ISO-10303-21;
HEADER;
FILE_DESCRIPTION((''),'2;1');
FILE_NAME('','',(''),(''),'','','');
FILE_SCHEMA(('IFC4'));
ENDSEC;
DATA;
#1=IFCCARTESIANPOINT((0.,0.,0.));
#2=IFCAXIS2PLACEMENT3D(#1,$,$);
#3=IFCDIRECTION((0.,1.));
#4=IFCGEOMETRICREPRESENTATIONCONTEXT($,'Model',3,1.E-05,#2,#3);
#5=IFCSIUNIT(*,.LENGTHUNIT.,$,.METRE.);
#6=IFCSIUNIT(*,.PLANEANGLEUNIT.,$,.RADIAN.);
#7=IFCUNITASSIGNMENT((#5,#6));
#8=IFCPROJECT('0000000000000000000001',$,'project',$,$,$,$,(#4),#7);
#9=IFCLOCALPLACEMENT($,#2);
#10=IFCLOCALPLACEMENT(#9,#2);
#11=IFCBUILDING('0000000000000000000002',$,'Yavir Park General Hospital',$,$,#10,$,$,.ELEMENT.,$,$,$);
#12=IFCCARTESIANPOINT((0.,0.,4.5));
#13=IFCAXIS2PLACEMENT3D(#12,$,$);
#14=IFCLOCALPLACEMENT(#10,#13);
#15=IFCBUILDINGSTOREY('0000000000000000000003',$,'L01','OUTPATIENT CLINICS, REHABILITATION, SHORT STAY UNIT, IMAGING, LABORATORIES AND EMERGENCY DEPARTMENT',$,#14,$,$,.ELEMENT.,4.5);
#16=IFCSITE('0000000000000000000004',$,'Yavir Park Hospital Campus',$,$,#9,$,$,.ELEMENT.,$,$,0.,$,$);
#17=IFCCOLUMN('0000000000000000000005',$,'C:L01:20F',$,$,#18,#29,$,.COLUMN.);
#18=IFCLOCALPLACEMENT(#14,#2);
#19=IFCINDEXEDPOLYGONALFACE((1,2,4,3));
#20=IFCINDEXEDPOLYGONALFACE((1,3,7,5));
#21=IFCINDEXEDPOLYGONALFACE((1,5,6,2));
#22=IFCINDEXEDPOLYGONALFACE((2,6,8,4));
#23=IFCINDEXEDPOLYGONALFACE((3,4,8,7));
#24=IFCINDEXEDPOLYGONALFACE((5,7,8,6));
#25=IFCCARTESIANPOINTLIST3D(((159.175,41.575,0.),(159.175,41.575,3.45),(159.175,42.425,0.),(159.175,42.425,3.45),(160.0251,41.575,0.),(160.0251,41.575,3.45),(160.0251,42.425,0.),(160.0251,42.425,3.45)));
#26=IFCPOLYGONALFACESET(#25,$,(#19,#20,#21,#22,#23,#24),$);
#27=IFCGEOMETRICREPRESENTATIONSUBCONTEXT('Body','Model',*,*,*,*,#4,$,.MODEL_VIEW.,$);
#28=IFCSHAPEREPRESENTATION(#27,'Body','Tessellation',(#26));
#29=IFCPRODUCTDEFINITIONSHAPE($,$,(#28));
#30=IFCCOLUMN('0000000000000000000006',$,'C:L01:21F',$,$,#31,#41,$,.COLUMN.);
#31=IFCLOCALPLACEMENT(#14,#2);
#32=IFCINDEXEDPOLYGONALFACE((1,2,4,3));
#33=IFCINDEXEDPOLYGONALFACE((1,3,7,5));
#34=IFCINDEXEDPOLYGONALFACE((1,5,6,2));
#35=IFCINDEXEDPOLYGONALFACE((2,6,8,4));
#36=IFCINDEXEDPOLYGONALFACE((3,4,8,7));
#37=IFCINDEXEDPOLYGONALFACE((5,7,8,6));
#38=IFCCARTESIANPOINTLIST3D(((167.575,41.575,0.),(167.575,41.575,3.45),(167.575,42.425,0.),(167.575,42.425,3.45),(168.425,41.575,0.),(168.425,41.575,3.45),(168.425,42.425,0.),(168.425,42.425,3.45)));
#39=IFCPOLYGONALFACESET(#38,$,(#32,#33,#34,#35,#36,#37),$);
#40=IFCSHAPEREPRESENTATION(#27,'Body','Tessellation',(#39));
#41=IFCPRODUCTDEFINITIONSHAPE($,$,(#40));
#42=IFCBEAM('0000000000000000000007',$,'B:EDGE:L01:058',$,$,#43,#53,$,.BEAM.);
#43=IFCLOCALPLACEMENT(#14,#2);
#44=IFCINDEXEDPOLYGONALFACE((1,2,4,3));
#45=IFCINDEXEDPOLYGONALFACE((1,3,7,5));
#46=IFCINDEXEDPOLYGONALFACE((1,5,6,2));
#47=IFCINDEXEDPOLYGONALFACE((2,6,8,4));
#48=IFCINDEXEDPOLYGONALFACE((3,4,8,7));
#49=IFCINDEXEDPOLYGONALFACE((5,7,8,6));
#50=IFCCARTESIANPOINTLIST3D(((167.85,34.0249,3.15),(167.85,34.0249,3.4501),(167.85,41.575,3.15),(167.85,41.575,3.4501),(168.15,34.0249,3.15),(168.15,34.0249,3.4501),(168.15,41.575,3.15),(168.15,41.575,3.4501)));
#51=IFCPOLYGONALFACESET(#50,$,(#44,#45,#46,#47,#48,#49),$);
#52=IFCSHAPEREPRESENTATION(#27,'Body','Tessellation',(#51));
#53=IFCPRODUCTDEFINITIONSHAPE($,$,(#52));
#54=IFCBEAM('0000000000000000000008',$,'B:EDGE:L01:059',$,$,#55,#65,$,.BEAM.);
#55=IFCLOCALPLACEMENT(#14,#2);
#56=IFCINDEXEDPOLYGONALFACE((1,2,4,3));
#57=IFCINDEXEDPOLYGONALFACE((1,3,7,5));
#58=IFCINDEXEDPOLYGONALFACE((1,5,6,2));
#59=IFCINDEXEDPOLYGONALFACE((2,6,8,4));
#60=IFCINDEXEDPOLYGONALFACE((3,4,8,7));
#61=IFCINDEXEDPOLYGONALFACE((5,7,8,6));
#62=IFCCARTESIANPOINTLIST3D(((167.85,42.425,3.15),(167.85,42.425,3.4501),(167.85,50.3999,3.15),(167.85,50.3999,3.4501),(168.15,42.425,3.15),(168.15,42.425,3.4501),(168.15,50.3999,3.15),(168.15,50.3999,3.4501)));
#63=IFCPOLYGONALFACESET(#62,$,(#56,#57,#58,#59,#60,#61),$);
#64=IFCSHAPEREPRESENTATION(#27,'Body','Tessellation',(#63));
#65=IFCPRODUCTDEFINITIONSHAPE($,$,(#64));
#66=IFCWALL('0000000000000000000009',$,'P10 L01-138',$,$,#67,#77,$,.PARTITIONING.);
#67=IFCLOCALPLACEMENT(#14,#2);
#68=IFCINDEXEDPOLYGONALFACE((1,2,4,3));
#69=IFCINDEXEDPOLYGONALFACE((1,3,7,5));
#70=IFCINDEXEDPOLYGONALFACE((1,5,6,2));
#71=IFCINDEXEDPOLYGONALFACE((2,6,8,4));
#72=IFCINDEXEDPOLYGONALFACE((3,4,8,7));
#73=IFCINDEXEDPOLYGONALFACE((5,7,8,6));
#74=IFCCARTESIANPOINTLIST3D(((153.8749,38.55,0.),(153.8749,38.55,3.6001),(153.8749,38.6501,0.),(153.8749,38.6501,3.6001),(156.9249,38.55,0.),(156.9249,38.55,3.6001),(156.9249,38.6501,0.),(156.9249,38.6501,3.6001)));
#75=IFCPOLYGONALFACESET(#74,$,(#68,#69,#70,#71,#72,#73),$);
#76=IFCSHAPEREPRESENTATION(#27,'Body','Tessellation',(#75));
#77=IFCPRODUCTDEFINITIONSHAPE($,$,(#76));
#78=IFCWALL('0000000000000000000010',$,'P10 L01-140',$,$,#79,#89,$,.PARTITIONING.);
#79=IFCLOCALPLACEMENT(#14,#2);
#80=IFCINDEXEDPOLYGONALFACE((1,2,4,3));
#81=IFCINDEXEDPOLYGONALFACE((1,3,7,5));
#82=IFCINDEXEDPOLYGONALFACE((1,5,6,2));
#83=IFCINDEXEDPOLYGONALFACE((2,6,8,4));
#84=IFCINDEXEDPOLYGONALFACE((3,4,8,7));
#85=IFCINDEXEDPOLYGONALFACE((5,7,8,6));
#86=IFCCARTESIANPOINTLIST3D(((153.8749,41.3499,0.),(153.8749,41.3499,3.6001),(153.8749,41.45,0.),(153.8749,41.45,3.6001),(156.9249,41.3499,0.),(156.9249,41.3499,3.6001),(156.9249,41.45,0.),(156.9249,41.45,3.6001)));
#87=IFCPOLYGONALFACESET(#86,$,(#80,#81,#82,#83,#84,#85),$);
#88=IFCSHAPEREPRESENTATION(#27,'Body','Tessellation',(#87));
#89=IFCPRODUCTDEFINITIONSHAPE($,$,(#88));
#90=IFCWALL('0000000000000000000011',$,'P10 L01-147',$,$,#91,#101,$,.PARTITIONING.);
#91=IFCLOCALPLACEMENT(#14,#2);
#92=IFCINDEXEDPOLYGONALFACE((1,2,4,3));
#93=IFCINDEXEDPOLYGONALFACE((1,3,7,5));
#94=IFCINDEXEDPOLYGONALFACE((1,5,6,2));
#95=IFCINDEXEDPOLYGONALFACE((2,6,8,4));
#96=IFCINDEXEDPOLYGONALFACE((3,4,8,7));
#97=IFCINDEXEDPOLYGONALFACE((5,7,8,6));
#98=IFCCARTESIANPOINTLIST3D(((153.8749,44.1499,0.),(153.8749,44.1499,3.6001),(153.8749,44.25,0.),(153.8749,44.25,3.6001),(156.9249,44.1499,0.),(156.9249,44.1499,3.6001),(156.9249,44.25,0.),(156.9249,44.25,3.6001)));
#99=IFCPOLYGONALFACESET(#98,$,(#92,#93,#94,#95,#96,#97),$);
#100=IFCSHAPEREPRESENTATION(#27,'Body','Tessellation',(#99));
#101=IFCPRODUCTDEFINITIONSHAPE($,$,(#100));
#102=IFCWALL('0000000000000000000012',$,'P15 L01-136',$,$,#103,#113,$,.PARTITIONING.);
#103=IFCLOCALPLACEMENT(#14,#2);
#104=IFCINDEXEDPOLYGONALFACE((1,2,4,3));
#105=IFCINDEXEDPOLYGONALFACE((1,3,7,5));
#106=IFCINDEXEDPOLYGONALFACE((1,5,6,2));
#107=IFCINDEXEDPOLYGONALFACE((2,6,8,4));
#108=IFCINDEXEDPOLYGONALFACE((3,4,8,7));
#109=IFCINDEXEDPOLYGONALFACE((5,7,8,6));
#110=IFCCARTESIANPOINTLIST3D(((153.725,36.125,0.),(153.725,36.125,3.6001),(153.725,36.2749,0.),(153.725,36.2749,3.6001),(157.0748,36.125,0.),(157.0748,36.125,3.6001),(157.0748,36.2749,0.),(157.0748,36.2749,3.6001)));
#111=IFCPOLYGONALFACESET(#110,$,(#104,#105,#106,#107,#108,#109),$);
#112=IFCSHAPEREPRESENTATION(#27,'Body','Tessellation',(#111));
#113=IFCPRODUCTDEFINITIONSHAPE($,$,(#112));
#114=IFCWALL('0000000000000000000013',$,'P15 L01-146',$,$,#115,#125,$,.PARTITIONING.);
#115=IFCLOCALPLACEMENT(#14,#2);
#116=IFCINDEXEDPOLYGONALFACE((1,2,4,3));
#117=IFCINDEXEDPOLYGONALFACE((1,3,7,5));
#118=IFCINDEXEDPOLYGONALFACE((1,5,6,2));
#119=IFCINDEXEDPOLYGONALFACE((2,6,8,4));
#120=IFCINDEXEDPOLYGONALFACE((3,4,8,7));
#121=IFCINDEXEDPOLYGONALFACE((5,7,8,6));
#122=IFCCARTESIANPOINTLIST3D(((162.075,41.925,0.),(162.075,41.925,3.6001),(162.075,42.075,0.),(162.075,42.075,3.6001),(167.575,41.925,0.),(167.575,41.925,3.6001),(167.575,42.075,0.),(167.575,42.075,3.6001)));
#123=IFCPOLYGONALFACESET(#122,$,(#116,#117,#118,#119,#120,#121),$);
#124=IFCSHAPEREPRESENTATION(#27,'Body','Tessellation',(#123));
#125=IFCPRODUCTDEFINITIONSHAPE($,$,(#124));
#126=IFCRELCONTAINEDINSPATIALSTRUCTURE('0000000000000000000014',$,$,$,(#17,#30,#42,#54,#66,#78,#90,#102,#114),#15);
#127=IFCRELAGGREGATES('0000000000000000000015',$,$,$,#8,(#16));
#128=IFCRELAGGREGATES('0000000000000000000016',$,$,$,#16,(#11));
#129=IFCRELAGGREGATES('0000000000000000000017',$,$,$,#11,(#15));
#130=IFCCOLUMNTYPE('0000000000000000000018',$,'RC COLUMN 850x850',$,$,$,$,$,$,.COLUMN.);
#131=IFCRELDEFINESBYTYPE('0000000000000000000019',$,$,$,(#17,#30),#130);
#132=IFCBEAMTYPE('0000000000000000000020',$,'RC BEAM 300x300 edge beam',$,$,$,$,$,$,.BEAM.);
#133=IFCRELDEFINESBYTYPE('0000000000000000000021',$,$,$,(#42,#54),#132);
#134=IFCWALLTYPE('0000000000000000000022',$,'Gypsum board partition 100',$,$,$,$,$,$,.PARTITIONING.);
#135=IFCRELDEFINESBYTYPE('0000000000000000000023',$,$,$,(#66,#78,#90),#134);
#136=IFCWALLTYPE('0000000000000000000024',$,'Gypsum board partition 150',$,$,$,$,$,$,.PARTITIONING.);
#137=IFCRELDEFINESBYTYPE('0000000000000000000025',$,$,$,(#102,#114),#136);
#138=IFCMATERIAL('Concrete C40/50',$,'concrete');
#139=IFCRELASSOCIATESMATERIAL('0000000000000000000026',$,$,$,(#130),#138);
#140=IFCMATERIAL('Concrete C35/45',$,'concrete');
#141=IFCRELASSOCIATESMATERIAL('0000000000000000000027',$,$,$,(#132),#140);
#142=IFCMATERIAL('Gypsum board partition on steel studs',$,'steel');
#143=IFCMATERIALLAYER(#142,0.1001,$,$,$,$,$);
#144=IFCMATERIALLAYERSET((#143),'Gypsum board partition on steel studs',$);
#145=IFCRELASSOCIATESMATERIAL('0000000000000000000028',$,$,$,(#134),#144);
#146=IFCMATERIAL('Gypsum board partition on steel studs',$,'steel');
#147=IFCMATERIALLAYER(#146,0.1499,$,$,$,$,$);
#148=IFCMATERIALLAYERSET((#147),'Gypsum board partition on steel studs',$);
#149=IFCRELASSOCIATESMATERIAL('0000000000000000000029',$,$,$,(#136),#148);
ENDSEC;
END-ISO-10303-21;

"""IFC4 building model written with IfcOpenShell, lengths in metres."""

from ifc_helpers import new_model, si_unit, direction, frame, frame_2d, origin, origin_2d, place, context, subcontext, project, spatial, rectangle, extrude, material, layer, layer_set, material_profile, profile_set, type_object, element, save


model = new_model("IFC4")

# Units and contexts
model_context = context("Model", 3, precision=1e-05, world=origin(), true_north=direction((0.0, 1.0)))
body_context = subcontext(model_context, "Body", "Model", "MODEL_VIEW")
ifc_project = project(units=[si_unit("LENGTHUNIT", "METRE"), si_unit("PLANEANGLEUNIT", "RADIAN")], contexts=[model_context])

# Site, building, storey
site_placement = place(None, origin())
site = spatial("IfcSite", under=ifc_project, at=site_placement, Name="Yavir Park Hospital Campus", CompositionType="ELEMENT", RefElevation=0.0)
building_placement = place(site_placement, origin())
building = spatial("IfcBuilding", under=site, at=building_placement, Name="Yavir Park General Hospital", CompositionType="ELEMENT")
storey_placement = place(building_placement, frame((0.0, 0.0, 4.5)))
storey = spatial("IfcBuildingStorey", under=building, at=storey_placement, Name="L01", Description="OUTPATIENT CLINICS, REHABILITATION, SHORT STAY UNIT, IMAGING, LABORATORIES AND EMERGENCY DEPARTMENT", CompositionType="ELEMENT", Elevation=4.5)

# Columns
ifc_material_1 = material(Name="Concrete C40/50", Category="concrete")
ifc_material_profile_1 = material_profile(ifc_material_1, rectangle(XDim=0.8501, YDim=0.8501, at=origin_2d()), Name="RC850x850")
ifc_profile_set_1 = profile_set([ifc_material_profile_1], Name="Concrete C40/50")
column_type = type_object("IfcColumnType", Name="RC COLUMN 850x850", PredefinedType="COLUMN", material=ifc_profile_set_1)
for number, where, z_axis, x_axis, name in (
    (1, (159.6001, 42.0, 0.0), (0.0, 0.0, 1.0), (1.0, 0.0, 0.0), "C:L01:20F"),
    (2, (168.0, 42.0, 0.0), (0.0, 0.0, 1.0), (1.0, 0.0, 0.0), "C:L01:21F"),
):
    element("IfcColumn", number, at=place(storey_placement, frame(where, z_axis=z_axis, x_axis=x_axis)), inside=storey, type_object=column_type, Name=name, PredefinedType="COLUMN", context=body_context, shape_type="SweptSolid", body=[
        extrude(rectangle(XDim=0.8501, YDim=0.8501, at=origin_2d()), origin(), (0.0, 0.0, 1.0), 3.45),
    ])

# Beams
ifc_material_2 = material(Name="Concrete C35/45", Category="concrete")
ifc_material_profile_2 = material_profile(ifc_material_2, rectangle(XDim=0.3, YDim=0.3, at=origin_2d()), Name="RC300x300")
ifc_profile_set_2 = profile_set([ifc_material_profile_2], Name="Concrete C35/45")
beam_type = type_object("IfcBeamType", Name="RC BEAM 300x300 edge beam", PredefinedType="BEAM", material=ifc_profile_set_2)
beam_1_placement = place(storey_placement, frame((168.0, 34.0249, 3.3), z_axis=(0.0, 1.0, 0.0), x_axis=(-1.0, 0.0, 0.0)))
element("IfcBeam", 3, at=beam_1_placement, inside=storey, type_object=beam_type, Name="B:EDGE:L01:058", PredefinedType="BEAM", context=body_context, shape_type="SweptSolid", body=[
    extrude(rectangle(XDim=0.3, YDim=0.3, at=origin_2d()), origin(), (0.0, 0.0, 1.0), 7.55),
])
beam_2_placement = place(storey_placement, frame((168.0, 42.425, 3.3), z_axis=(0.0, 1.0, 0.0), x_axis=(-1.0, 0.0, 0.0)))
element("IfcBeam", 4, at=beam_2_placement, inside=storey, type_object=beam_type, Name="B:EDGE:L01:059", PredefinedType="BEAM", context=body_context, shape_type="SweptSolid", body=[
    extrude(rectangle(XDim=0.3, YDim=0.3, at=origin_2d()), origin(), (0.0, 0.0, 1.0), 7.9749),
])

# Walls
ifc_material_3 = material(Name="Gypsum board partition on steel studs", Category="steel")
ifc_layer_1 = layer(ifc_material_3, 0.1001)
ifc_layer_set_1 = layer_set([ifc_layer_1], Name="Gypsum board partition on steel studs")
wall_type_1 = type_object("IfcWallType", Name="Gypsum board partition 100", PredefinedType="PARTITIONING", material=ifc_layer_set_1)
for number, where, z_axis, x_axis, name in (
    (5, (153.875, 38.6001, 0.0), (0.0, 0.0, 1.0), (1.0, 0.0, 0.0), "P10 L01-138"),
    (6, (153.875, 41.3999, 0.0), (0.0, 0.0, 1.0), (1.0, 0.0, 0.0), "P10 L01-140"),
    (7, (153.875, 44.2, 0.0), (0.0, 0.0, 1.0), (1.0, 0.0, 0.0), "P10 L01-147"),
):
    element("IfcWall", number, at=place(storey_placement, frame(where, z_axis=z_axis, x_axis=x_axis)), inside=storey, type_object=wall_type_1, Name=name, PredefinedType="PARTITIONING", context=body_context, shape_type="SweptSolid", body=[
        extrude(rectangle(XDim=3.05, YDim=0.1001, at=frame_2d((1.5249, 0.0))), origin(), (0.0, 0.0, 1.0), 3.6001),
    ])
ifc_material_4 = material(Name="Gypsum board partition on steel studs", Category="steel")
ifc_layer_2 = layer(ifc_material_4, 0.1499)
ifc_layer_set_2 = layer_set([ifc_layer_2], Name="Gypsum board partition on steel studs")
wall_type_2 = type_object("IfcWallType", Name="Gypsum board partition 150", PredefinedType="PARTITIONING", material=ifc_layer_set_2)
wall_1_placement = place(storey_placement, frame((153.7251, 36.2, 0.0), z_axis=(0.0, 0.0, 1.0), x_axis=(1.0, 0.0, 0.0)))
element("IfcWall", 8, at=wall_1_placement, inside=storey, type_object=wall_type_2, Name="P15 L01-136", PredefinedType="PARTITIONING", context=body_context, shape_type="SweptSolid", body=[
    extrude(rectangle(XDim=3.3499, YDim=0.1499, at=frame_2d((1.6748, 0.0))), origin(), (0.0, 0.0, 1.0), 3.6001),
])
wall_2_placement = place(storey_placement, frame((162.075, 42.0, 0.0), z_axis=(0.0, 0.0, 1.0), x_axis=(1.0, 0.0, 0.0)))
element("IfcWall", 9, at=wall_2_placement, inside=storey, type_object=wall_type_2, Name="P15 L01-146", PredefinedType="PARTITIONING", context=body_context, shape_type="SweptSolid", body=[
    extrude(rectangle(XDim=5.5, YDim=0.1499, at=frame_2d((2.75, 0.0))), origin(), (0.0, 0.0, 1.0), 3.6001),
])

save(model, "model.ifc")
